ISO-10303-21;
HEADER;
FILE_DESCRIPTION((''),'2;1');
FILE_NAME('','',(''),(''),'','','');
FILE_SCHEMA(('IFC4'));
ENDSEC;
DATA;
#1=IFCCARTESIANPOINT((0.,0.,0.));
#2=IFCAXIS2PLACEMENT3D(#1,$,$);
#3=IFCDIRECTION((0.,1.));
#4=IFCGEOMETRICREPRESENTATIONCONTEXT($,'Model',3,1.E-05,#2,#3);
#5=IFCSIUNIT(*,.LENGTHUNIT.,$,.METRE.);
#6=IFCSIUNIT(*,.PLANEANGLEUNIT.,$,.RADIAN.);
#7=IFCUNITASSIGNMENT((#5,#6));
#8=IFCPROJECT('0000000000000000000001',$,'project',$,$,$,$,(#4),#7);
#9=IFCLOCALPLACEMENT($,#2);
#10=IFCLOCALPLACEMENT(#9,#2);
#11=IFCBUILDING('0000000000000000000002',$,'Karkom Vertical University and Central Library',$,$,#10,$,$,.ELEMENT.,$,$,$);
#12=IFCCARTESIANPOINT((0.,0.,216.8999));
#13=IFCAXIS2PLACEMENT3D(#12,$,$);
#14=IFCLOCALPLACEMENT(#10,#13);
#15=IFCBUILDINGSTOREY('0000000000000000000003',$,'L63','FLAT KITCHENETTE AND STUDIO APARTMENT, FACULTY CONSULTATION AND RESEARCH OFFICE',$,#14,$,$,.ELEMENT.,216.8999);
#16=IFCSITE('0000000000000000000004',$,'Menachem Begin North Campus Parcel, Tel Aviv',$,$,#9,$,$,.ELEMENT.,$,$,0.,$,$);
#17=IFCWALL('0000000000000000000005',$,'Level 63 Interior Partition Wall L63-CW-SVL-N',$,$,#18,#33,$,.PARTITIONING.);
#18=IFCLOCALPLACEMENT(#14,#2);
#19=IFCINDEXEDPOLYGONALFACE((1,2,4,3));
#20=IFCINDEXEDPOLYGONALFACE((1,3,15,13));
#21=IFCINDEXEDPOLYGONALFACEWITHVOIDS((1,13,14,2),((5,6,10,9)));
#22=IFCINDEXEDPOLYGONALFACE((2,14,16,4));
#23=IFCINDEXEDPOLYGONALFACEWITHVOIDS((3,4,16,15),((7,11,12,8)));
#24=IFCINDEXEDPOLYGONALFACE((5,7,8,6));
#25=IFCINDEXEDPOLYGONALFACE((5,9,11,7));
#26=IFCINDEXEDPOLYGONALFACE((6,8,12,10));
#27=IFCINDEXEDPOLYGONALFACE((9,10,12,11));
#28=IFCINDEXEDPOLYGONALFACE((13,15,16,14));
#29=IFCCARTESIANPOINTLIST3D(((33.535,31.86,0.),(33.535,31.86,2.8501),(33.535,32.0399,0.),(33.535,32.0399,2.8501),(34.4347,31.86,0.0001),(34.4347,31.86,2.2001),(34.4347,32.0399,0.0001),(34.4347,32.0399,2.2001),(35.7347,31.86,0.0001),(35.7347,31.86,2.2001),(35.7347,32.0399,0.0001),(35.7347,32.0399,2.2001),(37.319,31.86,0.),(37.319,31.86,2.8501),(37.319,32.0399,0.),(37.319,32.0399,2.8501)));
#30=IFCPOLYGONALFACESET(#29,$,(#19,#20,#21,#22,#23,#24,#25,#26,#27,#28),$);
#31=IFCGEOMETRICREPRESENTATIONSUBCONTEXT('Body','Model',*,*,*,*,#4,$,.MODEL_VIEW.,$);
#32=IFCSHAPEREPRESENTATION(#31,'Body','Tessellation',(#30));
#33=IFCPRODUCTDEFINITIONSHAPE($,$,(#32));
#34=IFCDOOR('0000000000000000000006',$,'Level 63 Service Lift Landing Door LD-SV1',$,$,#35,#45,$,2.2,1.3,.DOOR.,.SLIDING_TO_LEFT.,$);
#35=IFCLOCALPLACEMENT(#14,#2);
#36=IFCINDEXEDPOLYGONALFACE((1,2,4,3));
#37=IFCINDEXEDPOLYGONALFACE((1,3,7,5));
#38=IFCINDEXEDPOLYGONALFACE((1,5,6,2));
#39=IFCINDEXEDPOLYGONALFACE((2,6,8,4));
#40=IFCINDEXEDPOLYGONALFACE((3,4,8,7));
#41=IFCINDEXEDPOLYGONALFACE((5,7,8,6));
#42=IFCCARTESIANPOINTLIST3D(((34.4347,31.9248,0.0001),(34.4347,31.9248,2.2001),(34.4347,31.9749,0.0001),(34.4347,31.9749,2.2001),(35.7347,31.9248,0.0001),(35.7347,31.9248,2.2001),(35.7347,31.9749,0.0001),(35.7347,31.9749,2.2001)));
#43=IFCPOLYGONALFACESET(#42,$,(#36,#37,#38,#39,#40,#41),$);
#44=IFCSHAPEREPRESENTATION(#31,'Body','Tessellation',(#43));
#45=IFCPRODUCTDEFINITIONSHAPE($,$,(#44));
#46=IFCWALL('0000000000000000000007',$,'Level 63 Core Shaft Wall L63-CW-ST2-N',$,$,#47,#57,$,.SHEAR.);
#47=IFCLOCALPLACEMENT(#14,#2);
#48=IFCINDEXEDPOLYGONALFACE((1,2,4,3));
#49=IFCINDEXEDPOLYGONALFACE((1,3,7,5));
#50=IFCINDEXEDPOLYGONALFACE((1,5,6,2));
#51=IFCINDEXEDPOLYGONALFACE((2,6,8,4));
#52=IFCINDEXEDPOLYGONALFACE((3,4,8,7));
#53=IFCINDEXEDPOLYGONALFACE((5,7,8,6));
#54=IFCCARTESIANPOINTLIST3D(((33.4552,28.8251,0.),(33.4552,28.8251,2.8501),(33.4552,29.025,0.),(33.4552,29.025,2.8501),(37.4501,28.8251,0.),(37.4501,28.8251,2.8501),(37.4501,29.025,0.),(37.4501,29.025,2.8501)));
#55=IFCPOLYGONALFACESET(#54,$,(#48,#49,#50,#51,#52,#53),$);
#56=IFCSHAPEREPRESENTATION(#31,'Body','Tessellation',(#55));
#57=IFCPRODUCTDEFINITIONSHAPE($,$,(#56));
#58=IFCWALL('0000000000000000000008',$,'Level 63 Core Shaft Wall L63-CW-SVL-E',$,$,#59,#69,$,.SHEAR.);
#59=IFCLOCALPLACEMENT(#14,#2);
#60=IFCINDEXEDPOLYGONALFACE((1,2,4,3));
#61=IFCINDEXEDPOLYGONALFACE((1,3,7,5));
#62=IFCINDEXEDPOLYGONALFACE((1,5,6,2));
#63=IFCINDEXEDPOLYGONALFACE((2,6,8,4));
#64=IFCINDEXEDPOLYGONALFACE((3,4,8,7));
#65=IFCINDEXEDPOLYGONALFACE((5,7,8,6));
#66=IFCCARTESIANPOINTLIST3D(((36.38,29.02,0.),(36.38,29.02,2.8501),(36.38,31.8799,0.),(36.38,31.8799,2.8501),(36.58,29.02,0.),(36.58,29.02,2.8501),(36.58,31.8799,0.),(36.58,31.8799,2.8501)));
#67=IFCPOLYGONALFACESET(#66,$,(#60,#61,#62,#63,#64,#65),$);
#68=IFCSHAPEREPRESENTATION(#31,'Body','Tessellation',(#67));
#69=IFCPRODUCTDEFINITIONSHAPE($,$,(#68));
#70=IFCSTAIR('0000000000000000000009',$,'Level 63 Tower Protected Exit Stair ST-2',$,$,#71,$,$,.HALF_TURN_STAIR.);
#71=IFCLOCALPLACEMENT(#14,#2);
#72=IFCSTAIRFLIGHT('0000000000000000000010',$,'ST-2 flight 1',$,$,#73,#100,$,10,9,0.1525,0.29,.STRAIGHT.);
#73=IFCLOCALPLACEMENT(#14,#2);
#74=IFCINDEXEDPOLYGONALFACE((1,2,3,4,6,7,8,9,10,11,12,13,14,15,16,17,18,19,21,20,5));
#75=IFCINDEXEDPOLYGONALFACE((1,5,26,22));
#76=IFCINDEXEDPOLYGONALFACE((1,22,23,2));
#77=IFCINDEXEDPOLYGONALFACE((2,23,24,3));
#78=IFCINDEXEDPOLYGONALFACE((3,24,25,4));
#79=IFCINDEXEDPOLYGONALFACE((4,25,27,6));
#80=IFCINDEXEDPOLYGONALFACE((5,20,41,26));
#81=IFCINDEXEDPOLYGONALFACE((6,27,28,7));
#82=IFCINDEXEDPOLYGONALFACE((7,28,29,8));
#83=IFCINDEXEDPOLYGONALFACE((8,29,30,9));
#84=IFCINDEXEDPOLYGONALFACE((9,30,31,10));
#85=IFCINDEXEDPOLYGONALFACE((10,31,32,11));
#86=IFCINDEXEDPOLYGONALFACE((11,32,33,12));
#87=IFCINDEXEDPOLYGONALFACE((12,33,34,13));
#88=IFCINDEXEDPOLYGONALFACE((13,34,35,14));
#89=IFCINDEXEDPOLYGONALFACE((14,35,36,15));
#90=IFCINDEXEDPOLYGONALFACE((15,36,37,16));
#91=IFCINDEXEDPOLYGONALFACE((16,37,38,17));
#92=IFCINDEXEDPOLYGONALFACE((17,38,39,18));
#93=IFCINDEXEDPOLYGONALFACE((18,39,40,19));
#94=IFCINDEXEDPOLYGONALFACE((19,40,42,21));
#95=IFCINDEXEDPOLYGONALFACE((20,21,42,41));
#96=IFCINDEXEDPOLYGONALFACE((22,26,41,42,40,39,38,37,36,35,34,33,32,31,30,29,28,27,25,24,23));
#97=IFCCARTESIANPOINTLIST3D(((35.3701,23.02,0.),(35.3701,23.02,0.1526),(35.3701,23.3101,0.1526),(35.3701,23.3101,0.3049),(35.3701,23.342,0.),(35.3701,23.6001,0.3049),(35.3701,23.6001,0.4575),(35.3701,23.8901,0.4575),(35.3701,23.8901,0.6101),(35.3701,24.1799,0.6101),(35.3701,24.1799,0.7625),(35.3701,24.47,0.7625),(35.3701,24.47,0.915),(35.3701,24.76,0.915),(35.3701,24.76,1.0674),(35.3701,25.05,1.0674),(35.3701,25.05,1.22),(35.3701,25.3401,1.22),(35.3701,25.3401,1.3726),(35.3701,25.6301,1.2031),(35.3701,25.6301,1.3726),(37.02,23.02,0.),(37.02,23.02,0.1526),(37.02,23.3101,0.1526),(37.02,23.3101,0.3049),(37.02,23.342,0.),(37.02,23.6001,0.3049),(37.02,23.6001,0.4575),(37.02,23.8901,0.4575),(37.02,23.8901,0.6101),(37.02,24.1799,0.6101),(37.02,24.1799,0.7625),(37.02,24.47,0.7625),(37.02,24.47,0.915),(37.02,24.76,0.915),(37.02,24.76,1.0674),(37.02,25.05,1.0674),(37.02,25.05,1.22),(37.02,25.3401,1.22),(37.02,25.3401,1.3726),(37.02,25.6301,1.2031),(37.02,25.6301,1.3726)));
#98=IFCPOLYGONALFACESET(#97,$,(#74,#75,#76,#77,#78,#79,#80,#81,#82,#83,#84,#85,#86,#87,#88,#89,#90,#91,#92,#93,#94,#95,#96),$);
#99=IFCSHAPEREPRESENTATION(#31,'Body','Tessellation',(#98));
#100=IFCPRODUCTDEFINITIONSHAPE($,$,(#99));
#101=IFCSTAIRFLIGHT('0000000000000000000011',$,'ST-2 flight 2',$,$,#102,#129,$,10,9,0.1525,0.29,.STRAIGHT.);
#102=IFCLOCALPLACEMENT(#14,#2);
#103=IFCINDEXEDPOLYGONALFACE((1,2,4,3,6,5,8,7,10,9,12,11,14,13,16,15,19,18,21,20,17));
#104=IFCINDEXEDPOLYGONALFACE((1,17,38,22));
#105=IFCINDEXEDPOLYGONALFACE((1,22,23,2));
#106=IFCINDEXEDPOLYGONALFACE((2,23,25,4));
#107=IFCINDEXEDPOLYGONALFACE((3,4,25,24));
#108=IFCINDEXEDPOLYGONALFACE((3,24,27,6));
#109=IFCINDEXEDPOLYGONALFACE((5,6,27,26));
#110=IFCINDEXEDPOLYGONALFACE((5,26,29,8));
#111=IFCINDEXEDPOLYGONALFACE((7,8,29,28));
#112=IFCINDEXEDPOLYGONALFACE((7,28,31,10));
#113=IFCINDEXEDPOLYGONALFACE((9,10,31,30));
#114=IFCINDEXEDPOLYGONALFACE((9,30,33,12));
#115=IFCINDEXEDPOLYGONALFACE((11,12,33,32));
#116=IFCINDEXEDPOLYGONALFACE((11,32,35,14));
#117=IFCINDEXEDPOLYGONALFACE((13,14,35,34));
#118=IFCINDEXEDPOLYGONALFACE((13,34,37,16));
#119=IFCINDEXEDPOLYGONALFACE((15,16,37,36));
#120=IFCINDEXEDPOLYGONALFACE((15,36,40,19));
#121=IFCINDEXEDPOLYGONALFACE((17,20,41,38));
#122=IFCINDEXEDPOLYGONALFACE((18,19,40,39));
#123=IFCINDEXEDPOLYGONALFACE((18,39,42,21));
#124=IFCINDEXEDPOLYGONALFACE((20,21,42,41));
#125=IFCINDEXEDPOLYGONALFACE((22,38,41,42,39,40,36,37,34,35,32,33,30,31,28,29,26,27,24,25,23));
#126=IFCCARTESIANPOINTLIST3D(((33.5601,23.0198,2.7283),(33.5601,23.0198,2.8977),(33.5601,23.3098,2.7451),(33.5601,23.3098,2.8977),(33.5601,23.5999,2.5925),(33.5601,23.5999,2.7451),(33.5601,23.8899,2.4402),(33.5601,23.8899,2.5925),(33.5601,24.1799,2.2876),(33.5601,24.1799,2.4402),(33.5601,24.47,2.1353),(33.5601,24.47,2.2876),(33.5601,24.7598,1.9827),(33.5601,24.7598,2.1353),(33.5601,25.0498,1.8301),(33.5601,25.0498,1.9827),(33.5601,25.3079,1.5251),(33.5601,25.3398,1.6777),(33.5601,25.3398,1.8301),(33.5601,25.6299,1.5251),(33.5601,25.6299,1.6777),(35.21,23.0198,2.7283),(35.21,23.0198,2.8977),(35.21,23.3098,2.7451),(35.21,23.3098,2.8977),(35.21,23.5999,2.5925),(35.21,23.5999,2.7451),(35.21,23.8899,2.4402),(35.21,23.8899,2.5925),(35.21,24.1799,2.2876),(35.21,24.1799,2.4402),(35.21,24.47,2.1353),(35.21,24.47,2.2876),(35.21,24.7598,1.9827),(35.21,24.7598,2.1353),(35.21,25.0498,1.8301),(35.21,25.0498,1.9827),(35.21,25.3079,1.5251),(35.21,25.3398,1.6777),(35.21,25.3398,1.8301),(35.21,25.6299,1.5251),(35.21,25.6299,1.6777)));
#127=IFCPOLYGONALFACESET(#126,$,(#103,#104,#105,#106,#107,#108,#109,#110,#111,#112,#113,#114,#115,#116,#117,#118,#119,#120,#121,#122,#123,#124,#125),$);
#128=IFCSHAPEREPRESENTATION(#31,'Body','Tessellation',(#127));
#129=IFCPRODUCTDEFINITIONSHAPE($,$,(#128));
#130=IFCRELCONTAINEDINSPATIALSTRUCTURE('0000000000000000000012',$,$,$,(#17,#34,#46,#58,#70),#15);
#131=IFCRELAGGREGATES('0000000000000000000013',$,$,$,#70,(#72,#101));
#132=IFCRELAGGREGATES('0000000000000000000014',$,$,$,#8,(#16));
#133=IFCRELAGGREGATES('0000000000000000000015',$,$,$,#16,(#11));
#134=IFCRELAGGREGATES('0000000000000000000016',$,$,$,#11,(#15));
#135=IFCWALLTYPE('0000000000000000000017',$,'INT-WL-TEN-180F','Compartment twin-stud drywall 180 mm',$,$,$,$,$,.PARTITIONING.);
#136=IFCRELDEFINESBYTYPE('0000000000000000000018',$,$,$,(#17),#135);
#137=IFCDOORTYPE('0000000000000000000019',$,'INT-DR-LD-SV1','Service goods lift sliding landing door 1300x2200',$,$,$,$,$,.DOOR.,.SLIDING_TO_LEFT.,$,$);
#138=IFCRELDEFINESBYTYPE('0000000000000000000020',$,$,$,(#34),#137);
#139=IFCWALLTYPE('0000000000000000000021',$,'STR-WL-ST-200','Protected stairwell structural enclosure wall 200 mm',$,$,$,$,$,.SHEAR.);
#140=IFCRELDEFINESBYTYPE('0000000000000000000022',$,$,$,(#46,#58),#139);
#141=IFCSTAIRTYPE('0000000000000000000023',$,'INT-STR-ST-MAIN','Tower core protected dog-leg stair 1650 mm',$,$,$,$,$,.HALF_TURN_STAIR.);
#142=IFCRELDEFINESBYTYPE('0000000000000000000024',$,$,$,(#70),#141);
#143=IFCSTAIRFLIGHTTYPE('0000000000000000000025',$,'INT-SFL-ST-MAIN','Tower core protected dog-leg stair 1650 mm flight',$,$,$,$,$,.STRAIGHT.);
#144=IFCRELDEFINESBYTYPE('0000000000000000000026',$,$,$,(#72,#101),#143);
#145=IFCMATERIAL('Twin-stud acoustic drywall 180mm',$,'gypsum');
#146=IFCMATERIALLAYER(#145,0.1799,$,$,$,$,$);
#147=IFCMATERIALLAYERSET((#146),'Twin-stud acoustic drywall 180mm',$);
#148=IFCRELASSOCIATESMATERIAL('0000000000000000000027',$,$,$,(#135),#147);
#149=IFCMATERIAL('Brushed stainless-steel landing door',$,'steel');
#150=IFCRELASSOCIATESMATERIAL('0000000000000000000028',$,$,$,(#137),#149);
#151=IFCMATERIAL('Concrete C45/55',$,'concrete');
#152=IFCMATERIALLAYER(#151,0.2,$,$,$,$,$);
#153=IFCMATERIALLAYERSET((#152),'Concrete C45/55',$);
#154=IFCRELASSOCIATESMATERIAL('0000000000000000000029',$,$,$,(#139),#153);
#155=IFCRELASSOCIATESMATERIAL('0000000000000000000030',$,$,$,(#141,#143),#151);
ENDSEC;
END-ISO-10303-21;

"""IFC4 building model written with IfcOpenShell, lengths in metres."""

from ifc_helpers import new_model, si_unit, direction, frame, frame_2d, origin, origin_with_axes, place, context, subcontext, project, spatial, polyline, rectangle, outline, extrude, source, transform, mapped, material, layer, layer_set, type_object, element, fill, aggregate, save


model = new_model("IFC4")

# Units and contexts
model_context = context("Model", 3, precision=1e-05, world=origin(), true_north=direction((0.0, 1.0)))
body_context = subcontext(model_context, "Body", "Model", "MODEL_VIEW")
ifc_project = project(units=[si_unit("LENGTHUNIT", "METRE"), si_unit("PLANEANGLEUNIT", "RADIAN")], contexts=[model_context])

# Site, building, storey
site_placement = place(None, origin())
site = spatial("IfcSite", under=ifc_project, at=site_placement, Name="Menachem Begin North Campus Parcel, Tel Aviv", CompositionType="ELEMENT", RefElevation=0.0)
building_placement = place(site_placement, origin())
building = spatial("IfcBuilding", under=site, at=building_placement, Name="Karkom Vertical University and Central Library", CompositionType="ELEMENT")
storey_placement = place(building_placement, frame((0.0, 0.0, 216.8999)))
storey = spatial("IfcBuildingStorey", under=building, at=storey_placement, Name="L63", Description="FLAT KITCHENETTE AND STUDIO APARTMENT, FACULTY CONSULTATION AND RESEARCH OFFICE", CompositionType="ELEMENT", Elevation=216.8999)

# Shared definitions
ifc_material_1 = material(Name="Brushed stainless-steel landing door", Category="steel")

# Wall, opening, door
ifc_material_2 = material(Name="Twin-stud acoustic drywall 180mm", Category="gypsum")
ifc_layer_1 = layer(ifc_material_2, 0.1799)
ifc_layer_set_1 = layer_set([ifc_layer_1], Name="Twin-stud acoustic drywall 180mm")
wall_type_1 = type_object("IfcWallType", Name="INT-WL-TEN-180F", Description="Compartment twin-stud drywall 180 mm", PredefinedType="PARTITIONING", material=ifc_layer_set_1)
wall_1_placement = place(storey_placement, frame((33.5349, 31.95, 0.0), z_axis=(0.0, 0.0, 1.0), x_axis=(1.0, 0.0, 0.0)))
wall_1 = element("IfcWall", 1, at=wall_1_placement, inside=storey, type_object=wall_type_1, Name="Level 63 Interior Partition Wall L63-CW-SVL-N", PredefinedType="PARTITIONING", context=body_context, shape_type="SweptSolid", body=[
    extrude(rectangle(XDim=3.7839, YDim=0.1799, at=frame_2d((1.8921, 0.0))), origin(), (0.0, 0.0, 1.0), 2.8501),
])
opening_1_placement = place(wall_1_placement, frame((0.8999, 0.0, 0.0)))
opening_1 = element("IfcOpeningElement", 2, at=opening_1_placement, cuts=wall_1, PredefinedType="OPENING", context=body_context, shape_type="SweptSolid", body=[
    extrude(rectangle(XDim=1.3, YDim=2.2, at=frame_2d((0.6499, 1.1001))), frame((0.0, 0.1001, 0.0), z_axis=(0.0, -1.0, 0.0), x_axis=(1.0, 0.0, 0.0)), (0.0, 0.0, 1.0), 0.2),
])
door_type_1 = type_object("IfcDoorType", Name="INT-DR-LD-SV1", Description="Service goods lift sliding landing door 1300x2200", OperationType="SLIDING_TO_LEFT", PredefinedType="DOOR", material=ifc_material_1)
shared_shape_1 = source(origin_with_axes(), body_context, "Body", "SweptSolid", [
    extrude(rectangle(XDim=1.3, YDim=2.2, at=frame_2d((0.6499, 1.1001))), frame((0.0, 0.0249, 0.0), z_axis=(0.0, -1.0, 0.0), x_axis=(1.0, 0.0, 0.0)), (0.0, 0.0, 1.0), 0.05),
])
door_1_placement = place(opening_1_placement, origin())
door_1 = element("IfcDoor", 3, at=door_1_placement, inside=storey, type_object=door_type_1, Name="Level 63 Service Lift Landing Door LD-SV1", OperationType="SLIDING_TO_LEFT", OverallHeight=2.2, OverallWidth=1.3, PredefinedType="DOOR", context=body_context, shape_type="MappedRepresentation", body=[
    mapped(shared_shape_1, transform((0.0, 0.0, 0.0), scale=1.0)),
])
fill(opening_1, door_1)

# Walls
ifc_material_3 = material(Name="Concrete C45/55", Category="concrete")
ifc_layer_2 = layer(ifc_material_3, 0.2)
ifc_layer_set_2 = layer_set([ifc_layer_2], Name="Concrete C45/55")
wall_type_2 = type_object("IfcWallType", Name="STR-WL-ST-200", Description="Protected stairwell structural enclosure wall 200 mm", PredefinedType="SHEAR", material=ifc_layer_set_2)
wall_2_placement = place(storey_placement, frame((33.4551, 28.925, 0.0), z_axis=(0.0, 0.0, 1.0), x_axis=(1.0, 0.0, 0.0)))
element("IfcWall", 4, at=wall_2_placement, inside=storey, type_object=wall_type_2, Name="Level 63 Core Shaft Wall L63-CW-ST2-N", PredefinedType="SHEAR", context=body_context, shape_type="SweptSolid", body=[
    extrude(rectangle(XDim=3.9949, YDim=0.2, at=frame_2d((1.9976, 0.0))), origin(), (0.0, 0.0, 1.0), 2.8501),
])
wall_3_placement = place(storey_placement, frame((36.48, 29.02, 0.0), z_axis=(0.0, 0.0, 1.0), x_axis=(0.0, 1.0, 0.0)))
element("IfcWall", 5, at=wall_3_placement, inside=storey, type_object=wall_type_2, Name="Level 63 Core Shaft Wall L63-CW-SVL-E", PredefinedType="SHEAR", context=body_context, shape_type="SweptSolid", body=[
    extrude(rectangle(XDim=2.8599, YDim=0.2, at=frame_2d((1.4299, 0.0))), origin(), (0.0, 0.0, 1.0), 2.8501),
])

# Stair, stair flights
stair_type = type_object("IfcStairType", Name="INT-STR-ST-MAIN", Description="Tower core protected dog-leg stair 1650 mm", PredefinedType="HALF_TURN_STAIR", material=ifc_material_3)
stair_placement = place(storey_placement, origin())
stair = element("IfcStair", 6, at=stair_placement, inside=storey, type_object=stair_type, Name="Level 63 Tower Protected Exit Stair ST-2", PredefinedType="HALF_TURN_STAIR")
stair_flight_type = type_object("IfcStairFlightType", Name="INT-SFL-ST-MAIN", Description="Tower core protected dog-leg stair 1650 mm flight", PredefinedType="STRAIGHT", material=ifc_material_3)
stair_flight_1_placement = place(storey_placement, frame((36.1951, 23.02, 0.0), z_axis=(0.0, 0.0, 1.0), x_axis=(0.0, 1.0, 0.0)))
stair_flight_1 = element("IfcStairFlight", 7, at=stair_flight_1_placement, type_object=stair_flight_type, Name="ST-2 flight 1", NumberOfRisers=10, NumberOfTreads=9, PredefinedType="STRAIGHT", RiserHeight=0.1525, TreadLength=0.29, context=body_context, shape_type="SweptSolid", body=[
    extrude(outline(polyline([(0.0, 0.0), (0.0, 0.1526), (0.29, 0.1526), (0.29, 0.3049), (0.5801, 0.3049), (0.5801, 0.4575), (0.8701, 0.4575), (0.8701, 0.6101), (1.1599, 0.6101), (1.1599, 0.7625), (1.45, 0.7625), (1.45, 0.915), (1.74, 0.915), (1.74, 1.0674), (2.03, 1.0674), (2.03, 1.22), (2.3201, 1.22), (2.3201, 1.3726), (2.6101, 1.3726), (2.6101, 1.5249), (2.6101, 1.2031), (0.322, 0.0), (0.0, 0.0)])), frame((0.0, 0.825, 0.0), z_axis=(0.0, -1.0, 0.0), x_axis=(1.0, 0.0, 0.0)), (0.0, 0.0, 1.0), 1.6499),
])
stair_flight_2_placement = place(storey_placement, frame((34.385, 25.6299, 1.5251), z_axis=(0.0, 0.0, 1.0), x_axis=(0.0, -1.0, 0.0)))
stair_flight_2 = element("IfcStairFlight", 8, at=stair_flight_2_placement, type_object=stair_flight_type, Name="ST-2 flight 2", NumberOfRisers=10, NumberOfTreads=9, PredefinedType="STRAIGHT", RiserHeight=0.1525, TreadLength=0.29, context=body_context, shape_type="SweptSolid", body=[
    extrude(outline(polyline([(0.0, 0.0), (0.0, 0.1526), (0.29, 0.1526), (0.29, 0.3049), (0.5801, 0.3049), (0.5801, 0.4575), (0.8701, 0.4575), (0.8701, 0.6101), (1.1599, 0.6101), (1.1599, 0.7625), (1.45, 0.7625), (1.45, 0.915), (1.74, 0.915), (1.74, 1.0674), (2.03, 1.0674), (2.03, 1.22), (2.3201, 1.22), (2.3201, 1.3726), (2.6101, 1.3726), (2.6101, 1.5249), (2.6101, 1.2031), (0.322, 0.0), (0.0, 0.0)])), frame((0.0, 0.825, 0.0), z_axis=(0.0, -1.0, 0.0), x_axis=(1.0, 0.0, 0.0)), (0.0, 0.0, 1.0), 1.6499),
])
aggregate(stair, [stair_flight_1, stair_flight_2])

save(model, "model.ifc")
